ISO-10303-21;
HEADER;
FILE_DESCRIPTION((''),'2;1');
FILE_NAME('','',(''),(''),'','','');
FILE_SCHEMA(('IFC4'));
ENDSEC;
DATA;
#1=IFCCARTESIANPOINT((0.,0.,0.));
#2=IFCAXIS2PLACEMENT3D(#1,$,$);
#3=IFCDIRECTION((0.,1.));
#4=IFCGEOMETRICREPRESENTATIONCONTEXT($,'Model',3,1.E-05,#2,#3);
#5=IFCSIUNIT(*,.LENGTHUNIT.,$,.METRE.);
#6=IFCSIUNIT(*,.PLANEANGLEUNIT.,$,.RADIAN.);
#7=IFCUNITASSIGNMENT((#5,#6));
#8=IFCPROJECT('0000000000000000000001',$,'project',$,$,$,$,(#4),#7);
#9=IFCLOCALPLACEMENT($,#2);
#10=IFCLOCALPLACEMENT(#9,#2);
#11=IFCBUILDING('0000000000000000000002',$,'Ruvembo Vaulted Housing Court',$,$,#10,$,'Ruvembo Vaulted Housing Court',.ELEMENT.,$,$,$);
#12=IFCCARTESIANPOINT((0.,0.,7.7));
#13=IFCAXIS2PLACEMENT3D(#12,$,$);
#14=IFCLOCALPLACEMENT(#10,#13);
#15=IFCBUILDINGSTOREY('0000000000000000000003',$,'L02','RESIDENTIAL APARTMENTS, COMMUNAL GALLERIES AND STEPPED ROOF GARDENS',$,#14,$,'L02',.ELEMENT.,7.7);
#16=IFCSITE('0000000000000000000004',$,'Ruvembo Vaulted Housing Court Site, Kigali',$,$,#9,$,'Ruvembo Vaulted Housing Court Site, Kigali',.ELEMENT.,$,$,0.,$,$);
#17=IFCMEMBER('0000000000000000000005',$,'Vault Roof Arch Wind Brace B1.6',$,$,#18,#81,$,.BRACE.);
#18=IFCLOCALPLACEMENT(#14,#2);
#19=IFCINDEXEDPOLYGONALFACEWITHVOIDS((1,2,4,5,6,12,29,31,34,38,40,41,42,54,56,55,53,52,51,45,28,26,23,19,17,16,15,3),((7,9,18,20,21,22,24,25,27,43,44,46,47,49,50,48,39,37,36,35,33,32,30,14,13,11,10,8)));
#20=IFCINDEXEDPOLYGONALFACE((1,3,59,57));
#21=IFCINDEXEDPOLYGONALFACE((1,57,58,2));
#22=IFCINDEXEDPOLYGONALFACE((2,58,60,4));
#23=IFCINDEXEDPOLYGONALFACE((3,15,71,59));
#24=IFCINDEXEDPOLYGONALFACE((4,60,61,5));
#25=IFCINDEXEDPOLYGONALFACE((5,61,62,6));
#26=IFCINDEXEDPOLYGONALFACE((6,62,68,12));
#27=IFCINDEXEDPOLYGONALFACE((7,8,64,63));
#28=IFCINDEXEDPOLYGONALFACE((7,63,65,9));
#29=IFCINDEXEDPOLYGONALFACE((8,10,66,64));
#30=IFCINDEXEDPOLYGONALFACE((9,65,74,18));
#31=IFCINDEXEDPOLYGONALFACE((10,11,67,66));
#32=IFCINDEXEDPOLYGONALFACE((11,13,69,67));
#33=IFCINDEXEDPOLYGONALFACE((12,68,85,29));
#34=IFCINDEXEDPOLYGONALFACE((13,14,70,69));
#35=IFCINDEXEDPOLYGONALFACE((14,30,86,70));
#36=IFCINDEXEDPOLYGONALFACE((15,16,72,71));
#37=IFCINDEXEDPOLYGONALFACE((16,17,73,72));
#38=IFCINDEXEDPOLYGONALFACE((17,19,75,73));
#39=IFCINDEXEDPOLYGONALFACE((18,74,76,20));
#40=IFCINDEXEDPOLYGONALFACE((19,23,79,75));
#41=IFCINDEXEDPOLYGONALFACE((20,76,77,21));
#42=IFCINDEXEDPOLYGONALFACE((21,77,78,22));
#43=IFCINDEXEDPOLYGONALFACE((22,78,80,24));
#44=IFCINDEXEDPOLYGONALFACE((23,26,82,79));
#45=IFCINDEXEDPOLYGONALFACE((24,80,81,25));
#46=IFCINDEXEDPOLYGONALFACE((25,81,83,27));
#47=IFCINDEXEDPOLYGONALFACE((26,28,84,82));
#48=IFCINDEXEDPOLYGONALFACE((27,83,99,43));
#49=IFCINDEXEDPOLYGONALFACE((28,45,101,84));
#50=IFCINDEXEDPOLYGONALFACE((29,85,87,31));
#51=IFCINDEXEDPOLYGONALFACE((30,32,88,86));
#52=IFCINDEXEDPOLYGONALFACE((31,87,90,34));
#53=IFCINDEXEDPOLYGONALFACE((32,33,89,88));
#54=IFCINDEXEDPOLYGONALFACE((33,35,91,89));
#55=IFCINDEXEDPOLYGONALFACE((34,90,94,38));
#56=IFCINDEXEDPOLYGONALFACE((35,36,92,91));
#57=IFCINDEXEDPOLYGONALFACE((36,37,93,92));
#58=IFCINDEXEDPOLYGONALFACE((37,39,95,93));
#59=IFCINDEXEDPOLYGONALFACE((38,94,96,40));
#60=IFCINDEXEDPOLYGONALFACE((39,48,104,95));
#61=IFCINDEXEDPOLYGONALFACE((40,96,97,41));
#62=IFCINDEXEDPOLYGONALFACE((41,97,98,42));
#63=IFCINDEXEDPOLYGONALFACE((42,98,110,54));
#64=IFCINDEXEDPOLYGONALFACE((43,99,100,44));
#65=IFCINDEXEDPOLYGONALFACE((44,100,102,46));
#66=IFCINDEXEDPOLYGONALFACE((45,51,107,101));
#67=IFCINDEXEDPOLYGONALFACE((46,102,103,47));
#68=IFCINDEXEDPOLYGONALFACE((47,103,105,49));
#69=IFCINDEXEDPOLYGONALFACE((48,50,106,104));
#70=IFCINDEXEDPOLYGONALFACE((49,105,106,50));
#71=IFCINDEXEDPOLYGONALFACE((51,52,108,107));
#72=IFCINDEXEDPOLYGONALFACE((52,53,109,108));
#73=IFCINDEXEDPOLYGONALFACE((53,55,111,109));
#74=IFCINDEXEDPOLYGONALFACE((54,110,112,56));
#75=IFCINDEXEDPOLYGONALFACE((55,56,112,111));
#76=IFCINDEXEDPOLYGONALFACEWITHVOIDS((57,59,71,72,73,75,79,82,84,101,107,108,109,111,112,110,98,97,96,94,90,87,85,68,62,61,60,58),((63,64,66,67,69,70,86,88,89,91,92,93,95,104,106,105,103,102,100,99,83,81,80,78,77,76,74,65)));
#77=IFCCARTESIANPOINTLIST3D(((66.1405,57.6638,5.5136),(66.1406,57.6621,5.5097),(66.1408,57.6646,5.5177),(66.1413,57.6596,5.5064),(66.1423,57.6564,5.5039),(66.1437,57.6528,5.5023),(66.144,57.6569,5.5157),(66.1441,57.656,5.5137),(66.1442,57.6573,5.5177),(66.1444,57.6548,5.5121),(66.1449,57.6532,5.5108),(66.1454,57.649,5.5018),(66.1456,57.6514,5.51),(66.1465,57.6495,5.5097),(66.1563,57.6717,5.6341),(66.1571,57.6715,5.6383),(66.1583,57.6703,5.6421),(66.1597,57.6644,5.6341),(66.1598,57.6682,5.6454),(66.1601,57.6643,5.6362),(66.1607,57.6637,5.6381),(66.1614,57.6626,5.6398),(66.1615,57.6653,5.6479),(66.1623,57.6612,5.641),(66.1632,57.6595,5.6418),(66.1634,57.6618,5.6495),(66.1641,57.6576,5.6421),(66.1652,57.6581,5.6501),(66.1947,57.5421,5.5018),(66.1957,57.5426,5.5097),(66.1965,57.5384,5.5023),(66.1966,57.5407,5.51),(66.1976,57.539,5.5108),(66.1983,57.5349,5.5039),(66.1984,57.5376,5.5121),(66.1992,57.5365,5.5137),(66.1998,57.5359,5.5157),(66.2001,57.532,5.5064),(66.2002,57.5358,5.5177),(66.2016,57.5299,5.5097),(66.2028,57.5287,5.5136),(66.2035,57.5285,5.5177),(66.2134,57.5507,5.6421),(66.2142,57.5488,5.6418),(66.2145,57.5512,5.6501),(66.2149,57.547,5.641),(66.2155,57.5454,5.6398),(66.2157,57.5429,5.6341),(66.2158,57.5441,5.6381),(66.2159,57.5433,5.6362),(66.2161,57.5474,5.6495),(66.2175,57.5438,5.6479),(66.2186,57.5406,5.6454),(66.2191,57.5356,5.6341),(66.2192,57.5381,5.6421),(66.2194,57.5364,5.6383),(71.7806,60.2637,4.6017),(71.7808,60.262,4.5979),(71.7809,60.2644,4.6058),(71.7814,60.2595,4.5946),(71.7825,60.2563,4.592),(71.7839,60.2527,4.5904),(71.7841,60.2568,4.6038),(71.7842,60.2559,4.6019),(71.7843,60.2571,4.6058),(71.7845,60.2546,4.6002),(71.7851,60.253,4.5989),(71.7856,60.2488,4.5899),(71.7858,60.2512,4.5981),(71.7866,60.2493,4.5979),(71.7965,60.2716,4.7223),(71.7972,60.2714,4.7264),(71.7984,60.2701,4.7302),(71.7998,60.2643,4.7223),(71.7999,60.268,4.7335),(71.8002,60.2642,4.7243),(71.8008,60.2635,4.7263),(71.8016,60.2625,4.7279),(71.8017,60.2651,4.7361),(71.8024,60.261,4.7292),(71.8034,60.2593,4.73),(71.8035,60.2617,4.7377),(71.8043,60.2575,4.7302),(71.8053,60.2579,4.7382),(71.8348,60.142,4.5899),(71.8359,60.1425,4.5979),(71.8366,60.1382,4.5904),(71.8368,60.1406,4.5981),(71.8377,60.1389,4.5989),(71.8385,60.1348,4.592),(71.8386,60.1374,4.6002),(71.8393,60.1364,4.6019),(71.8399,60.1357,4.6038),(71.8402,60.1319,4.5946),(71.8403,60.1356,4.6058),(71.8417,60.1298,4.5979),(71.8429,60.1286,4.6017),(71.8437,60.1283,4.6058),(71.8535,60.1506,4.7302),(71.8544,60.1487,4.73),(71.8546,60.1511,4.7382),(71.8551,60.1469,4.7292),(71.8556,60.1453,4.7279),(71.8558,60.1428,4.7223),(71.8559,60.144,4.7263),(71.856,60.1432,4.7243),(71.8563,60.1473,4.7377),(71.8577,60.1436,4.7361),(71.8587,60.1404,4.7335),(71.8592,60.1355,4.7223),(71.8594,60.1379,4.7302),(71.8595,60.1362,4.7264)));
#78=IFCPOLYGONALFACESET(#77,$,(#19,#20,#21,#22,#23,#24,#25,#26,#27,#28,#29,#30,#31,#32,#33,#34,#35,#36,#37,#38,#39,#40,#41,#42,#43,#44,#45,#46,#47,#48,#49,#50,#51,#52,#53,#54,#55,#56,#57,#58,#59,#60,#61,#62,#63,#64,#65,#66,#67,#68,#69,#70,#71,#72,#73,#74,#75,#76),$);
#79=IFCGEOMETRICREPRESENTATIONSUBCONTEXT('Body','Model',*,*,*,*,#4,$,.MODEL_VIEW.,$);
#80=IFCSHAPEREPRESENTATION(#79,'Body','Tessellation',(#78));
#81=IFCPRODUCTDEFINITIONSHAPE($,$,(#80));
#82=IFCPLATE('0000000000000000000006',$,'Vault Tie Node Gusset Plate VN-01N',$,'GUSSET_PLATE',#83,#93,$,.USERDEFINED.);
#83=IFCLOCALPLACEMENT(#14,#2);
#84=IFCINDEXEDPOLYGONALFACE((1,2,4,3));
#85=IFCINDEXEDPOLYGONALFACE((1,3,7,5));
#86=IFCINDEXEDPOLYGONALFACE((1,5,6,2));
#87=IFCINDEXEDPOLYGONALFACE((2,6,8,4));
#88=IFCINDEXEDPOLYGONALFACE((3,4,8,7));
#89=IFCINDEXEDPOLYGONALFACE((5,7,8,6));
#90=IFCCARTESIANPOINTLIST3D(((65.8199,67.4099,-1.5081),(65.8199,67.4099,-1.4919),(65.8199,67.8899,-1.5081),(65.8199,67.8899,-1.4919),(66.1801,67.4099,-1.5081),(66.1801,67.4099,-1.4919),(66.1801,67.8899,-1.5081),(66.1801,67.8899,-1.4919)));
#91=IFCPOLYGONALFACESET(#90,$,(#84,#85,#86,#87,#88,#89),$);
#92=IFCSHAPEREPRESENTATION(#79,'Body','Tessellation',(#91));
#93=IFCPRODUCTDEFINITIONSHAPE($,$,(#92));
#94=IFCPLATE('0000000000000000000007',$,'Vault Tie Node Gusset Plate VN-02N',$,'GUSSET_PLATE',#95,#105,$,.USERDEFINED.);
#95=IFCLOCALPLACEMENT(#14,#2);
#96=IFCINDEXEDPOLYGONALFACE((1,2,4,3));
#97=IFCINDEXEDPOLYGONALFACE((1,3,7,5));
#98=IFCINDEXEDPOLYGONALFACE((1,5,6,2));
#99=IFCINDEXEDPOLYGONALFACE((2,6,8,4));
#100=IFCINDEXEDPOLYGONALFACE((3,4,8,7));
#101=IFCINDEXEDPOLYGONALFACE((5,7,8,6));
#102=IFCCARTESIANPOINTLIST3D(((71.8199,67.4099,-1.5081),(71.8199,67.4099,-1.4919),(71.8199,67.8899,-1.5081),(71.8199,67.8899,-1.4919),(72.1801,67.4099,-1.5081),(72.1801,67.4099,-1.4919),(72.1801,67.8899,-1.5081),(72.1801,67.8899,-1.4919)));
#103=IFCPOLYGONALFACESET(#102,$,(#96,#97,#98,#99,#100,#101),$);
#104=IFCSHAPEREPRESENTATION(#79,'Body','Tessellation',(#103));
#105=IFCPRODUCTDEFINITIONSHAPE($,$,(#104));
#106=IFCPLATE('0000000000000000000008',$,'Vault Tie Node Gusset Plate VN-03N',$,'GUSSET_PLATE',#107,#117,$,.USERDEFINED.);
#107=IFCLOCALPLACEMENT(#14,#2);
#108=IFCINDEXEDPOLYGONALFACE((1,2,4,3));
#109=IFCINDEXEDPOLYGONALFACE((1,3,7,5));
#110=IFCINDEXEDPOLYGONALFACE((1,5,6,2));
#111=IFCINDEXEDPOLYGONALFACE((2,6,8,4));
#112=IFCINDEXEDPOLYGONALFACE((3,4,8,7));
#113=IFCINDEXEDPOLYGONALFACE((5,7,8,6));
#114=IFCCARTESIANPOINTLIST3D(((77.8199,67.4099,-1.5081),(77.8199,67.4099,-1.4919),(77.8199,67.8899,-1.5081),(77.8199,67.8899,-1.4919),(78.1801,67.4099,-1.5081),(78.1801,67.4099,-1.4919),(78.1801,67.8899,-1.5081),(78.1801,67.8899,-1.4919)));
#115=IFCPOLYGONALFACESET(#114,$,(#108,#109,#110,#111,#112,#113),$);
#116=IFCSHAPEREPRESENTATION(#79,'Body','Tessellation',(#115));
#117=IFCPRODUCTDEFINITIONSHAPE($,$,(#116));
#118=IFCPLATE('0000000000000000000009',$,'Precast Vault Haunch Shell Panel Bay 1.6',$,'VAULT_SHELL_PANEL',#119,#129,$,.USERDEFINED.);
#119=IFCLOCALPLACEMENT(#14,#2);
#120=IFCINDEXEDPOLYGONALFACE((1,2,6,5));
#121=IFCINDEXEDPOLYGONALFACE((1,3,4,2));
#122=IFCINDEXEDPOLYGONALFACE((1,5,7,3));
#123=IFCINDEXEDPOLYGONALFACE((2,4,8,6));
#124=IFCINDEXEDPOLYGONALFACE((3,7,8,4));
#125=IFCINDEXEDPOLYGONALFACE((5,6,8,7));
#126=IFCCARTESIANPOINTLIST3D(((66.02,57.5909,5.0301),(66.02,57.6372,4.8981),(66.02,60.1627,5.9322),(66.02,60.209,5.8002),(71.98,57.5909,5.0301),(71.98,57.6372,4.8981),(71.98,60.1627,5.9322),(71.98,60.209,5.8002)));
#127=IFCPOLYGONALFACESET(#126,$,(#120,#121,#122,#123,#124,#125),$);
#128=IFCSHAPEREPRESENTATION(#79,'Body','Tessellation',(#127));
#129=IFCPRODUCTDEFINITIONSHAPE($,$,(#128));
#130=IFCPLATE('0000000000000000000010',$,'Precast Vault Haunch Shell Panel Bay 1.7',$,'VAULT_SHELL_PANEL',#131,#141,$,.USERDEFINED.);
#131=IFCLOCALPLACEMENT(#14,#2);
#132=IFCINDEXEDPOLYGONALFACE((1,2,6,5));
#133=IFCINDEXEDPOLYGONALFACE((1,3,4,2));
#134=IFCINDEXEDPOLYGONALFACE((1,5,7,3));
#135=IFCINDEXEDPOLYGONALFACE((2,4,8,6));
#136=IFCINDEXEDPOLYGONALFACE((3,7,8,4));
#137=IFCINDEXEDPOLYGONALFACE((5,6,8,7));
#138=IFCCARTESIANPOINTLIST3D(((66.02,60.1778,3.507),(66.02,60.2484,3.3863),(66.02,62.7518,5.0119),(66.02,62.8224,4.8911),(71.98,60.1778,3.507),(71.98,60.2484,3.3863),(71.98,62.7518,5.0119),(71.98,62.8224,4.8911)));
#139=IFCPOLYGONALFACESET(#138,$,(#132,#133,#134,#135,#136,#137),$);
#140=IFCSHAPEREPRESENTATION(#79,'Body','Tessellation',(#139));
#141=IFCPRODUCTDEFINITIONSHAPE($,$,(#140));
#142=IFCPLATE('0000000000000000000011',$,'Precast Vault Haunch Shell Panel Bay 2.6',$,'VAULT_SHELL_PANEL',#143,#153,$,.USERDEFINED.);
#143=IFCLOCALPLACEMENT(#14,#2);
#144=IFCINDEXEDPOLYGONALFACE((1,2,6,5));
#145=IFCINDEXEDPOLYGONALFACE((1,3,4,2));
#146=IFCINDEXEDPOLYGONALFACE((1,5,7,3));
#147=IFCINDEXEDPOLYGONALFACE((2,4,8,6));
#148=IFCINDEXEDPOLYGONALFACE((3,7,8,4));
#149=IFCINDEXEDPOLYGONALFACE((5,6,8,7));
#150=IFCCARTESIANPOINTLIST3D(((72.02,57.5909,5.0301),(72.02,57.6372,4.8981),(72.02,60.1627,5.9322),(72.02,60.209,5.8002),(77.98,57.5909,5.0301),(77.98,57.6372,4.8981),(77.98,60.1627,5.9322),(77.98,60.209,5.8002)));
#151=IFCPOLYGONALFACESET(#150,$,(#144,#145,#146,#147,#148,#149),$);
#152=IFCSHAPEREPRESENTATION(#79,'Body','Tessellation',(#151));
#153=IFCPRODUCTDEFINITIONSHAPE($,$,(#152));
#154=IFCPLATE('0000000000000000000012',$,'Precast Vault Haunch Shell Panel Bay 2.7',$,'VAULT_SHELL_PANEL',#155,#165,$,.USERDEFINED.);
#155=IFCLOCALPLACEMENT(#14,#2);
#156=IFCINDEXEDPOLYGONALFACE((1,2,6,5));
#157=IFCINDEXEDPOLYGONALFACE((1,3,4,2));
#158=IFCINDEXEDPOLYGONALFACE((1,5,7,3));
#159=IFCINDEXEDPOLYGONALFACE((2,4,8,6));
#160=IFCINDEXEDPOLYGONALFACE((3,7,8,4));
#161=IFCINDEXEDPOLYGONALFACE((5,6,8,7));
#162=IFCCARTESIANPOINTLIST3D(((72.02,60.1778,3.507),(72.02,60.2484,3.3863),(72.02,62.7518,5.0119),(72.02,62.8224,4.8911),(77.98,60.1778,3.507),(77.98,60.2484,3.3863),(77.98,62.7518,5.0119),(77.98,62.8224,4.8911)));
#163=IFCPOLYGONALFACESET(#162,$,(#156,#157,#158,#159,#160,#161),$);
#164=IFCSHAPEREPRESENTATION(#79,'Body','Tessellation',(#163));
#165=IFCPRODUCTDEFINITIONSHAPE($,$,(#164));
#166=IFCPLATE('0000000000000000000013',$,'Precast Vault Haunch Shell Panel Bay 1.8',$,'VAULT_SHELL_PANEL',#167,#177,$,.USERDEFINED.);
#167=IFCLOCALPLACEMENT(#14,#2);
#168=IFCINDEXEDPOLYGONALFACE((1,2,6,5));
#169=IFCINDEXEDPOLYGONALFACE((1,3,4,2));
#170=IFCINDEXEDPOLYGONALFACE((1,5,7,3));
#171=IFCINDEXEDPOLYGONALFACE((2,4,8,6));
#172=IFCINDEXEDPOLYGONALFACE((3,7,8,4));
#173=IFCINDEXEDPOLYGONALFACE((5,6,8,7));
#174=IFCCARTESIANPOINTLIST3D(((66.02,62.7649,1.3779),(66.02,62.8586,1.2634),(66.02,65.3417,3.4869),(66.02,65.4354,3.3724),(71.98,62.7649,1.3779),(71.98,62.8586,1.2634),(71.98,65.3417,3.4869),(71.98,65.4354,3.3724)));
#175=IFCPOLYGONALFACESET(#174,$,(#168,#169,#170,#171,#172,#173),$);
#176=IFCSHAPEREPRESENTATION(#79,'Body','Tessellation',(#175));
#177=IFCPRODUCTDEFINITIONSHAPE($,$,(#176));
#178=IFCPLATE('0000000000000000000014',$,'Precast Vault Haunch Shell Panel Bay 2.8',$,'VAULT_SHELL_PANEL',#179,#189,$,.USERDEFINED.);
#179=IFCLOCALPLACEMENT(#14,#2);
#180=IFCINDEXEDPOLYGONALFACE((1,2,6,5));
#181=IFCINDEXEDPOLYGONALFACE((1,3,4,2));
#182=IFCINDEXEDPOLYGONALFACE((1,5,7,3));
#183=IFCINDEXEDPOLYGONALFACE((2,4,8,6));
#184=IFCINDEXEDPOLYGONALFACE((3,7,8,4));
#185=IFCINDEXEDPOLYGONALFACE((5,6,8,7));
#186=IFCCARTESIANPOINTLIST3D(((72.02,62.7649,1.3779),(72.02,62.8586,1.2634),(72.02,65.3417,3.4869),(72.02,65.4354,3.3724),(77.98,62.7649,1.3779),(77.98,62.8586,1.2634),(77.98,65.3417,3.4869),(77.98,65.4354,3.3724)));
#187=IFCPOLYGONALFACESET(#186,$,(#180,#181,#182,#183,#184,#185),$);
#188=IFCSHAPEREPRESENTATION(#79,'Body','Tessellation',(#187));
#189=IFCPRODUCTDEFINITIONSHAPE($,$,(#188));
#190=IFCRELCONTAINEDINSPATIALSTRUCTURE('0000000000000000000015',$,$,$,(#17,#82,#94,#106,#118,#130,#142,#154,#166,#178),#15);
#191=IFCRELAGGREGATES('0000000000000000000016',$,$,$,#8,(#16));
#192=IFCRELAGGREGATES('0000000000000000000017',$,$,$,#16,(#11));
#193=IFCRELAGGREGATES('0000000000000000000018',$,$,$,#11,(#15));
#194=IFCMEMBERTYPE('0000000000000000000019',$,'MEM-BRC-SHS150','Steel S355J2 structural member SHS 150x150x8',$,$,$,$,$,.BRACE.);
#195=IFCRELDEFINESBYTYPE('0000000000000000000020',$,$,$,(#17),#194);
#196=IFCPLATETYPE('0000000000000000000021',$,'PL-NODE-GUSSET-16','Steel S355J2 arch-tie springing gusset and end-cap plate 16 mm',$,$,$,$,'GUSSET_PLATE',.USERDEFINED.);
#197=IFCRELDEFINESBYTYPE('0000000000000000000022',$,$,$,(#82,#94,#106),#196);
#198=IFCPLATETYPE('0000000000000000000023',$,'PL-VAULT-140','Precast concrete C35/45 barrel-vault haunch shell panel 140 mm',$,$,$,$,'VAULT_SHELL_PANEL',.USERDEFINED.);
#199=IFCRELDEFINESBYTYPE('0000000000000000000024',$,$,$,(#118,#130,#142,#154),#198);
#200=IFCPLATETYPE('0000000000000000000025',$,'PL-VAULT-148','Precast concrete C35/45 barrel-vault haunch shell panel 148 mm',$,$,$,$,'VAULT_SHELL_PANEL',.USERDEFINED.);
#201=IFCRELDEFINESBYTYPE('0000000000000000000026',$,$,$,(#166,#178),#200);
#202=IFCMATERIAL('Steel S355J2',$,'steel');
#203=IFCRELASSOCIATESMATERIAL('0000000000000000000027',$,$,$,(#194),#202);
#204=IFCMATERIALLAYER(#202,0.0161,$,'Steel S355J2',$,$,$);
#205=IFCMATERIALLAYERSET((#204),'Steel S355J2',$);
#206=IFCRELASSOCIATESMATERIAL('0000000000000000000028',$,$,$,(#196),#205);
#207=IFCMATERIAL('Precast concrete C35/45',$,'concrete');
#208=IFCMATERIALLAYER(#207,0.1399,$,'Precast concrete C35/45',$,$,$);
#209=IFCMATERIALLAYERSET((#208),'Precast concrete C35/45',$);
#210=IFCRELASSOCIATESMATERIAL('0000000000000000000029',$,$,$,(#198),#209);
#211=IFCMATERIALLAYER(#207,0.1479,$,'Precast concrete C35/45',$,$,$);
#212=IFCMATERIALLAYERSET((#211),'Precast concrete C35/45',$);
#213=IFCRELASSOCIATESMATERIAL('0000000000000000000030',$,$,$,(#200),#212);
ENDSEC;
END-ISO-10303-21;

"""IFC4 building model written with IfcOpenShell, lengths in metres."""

from ifc_helpers import new_model, si_unit, direction, frame, origin, origin_2d, place, context, subcontext, project, spatial, rectangle, hollow_rectangle, extrude, material, layer, layer_set, material_profile, profile_set, type_object, element, save


model = new_model("IFC4")

# Units and contexts
model_context = context("Model", 3, precision=1e-05, world=origin(), true_north=direction((0.0, 1.0)))
body_context = subcontext(model_context, "Body", "Model", "MODEL_VIEW")
ifc_project = project(units=[si_unit("LENGTHUNIT", "METRE"), si_unit("PLANEANGLEUNIT", "RADIAN")], contexts=[model_context])

# Site, building, storey
site_placement = place(None, origin())
site = spatial("IfcSite", under=ifc_project, at=site_placement, Name="Ruvembo Vaulted Housing Court Site, Kigali", LongName="Ruvembo Vaulted Housing Court Site, Kigali", CompositionType="ELEMENT", RefElevation=0.0)
building_placement = place(site_placement, origin())
building = spatial("IfcBuilding", under=site, at=building_placement, Name="Ruvembo Vaulted Housing Court", LongName="Ruvembo Vaulted Housing Court", CompositionType="ELEMENT")
storey_placement = place(building_placement, frame((0.0, 0.0, 7.7)))
storey = spatial("IfcBuildingStorey", under=building, at=storey_placement, Name="L02", Description="RESIDENTIAL APARTMENTS, COMMUNAL GALLERIES AND STEPPED ROOF GARDENS", LongName="L02", CompositionType="ELEMENT", Elevation=7.7)

# Shared definitions
ifc_material_1 = material(Name="Steel S355J2", Category="steel")

# Member
ifc_material_profile_1 = material_profile(ifc_material_1, hollow_rectangle(XDim=0.1499, YDim=0.1499, WallThickness=0.0081, InnerFilletRadius=0.0081, OuterFilletRadius=0.0161, at=origin_2d()), Name="SHS 150x150x8")
ifc_profile_set_1 = profile_set([ifc_material_profile_1], Name="Steel S355J2")
member_type = type_object("IfcMemberType", Name="MEM-BRC-SHS150", Description="Steel S355J2 structural member SHS 150x150x8", PredefinedType="BRACE", material=ifc_profile_set_1)
member_placement = place(storey_placement, frame((66.1799, 57.6001, 5.5759), z_axis=(0.898527, 0.414181, -0.145269), x_axis=(-0.418622, 0.908161, 0.0)))
element("IfcMember", 1, at=member_placement, inside=storey, type_object=member_type, Name="Vault Roof Arch Wind Brace B1.6", PredefinedType="BRACE", context=body_context, shape_type="SweptSolid", body=[
    extrude(hollow_rectangle(XDim=0.1499, YDim=0.1499, WallThickness=0.0081, InnerFilletRadius=0.0081, OuterFilletRadius=0.0161, at=origin_2d()), origin(), (0.0, 0.0, 1.0), 6.2771),
])

# Plates
ifc_layer_1 = layer(ifc_material_1, 0.0161, Name="Steel S355J2")
ifc_layer_set_1 = layer_set([ifc_layer_1], Name="Steel S355J2")
plate_type_1 = type_object("IfcPlateType", Name="PL-NODE-GUSSET-16", Description="Steel S355J2 arch-tie springing gusset and end-cap plate 16 mm", ElementType="GUSSET_PLATE", PredefinedType="USERDEFINED", material=ifc_layer_set_1)
for number, where, z_axis, x_axis, name in (
    (2, (66.0, 67.6499, -1.5081), (0.0, 0.0, 1.0), (0.0, 1.0, 0.0), "Vault Tie Node Gusset Plate VN-01N"),
    (3, (72.0, 67.6499, -1.5081), (0.0, 0.0, 1.0), (0.0, 1.0, 0.0), "Vault Tie Node Gusset Plate VN-02N"),
    (4, (78.0, 67.6499, -1.5081), (0.0, 0.0, 1.0), (0.0, 1.0, 0.0), "Vault Tie Node Gusset Plate VN-03N"),
):
    element("IfcPlate", number, at=place(storey_placement, frame(where, z_axis=z_axis, x_axis=x_axis)), inside=storey, type_object=plate_type_1, Name=name, ObjectType="GUSSET_PLATE", PredefinedType="USERDEFINED", context=body_context, shape_type="SweptSolid", body=[
        extrude(rectangle(XDim=0.48, YDim=0.3601, at=origin_2d()), origin(), (0.0, 0.0, 1.0), 0.0161),
    ])
ifc_material_2 = material(Name="Precast concrete C35/45", Category="concrete")
ifc_layer_2 = layer(ifc_material_2, 0.1399, Name="Precast concrete C35/45")
ifc_layer_set_2 = layer_set([ifc_layer_2], Name="Precast concrete C35/45")
plate_type_2 = type_object("IfcPlateType", Name="PL-VAULT-140", Description="Precast concrete C35/45 barrel-vault haunch shell panel 140 mm", ElementType="VAULT_SHELL_PANEL", PredefinedType="USERDEFINED", material=ifc_layer_set_2)
plate_1_placement = place(storey_placement, frame((69.0, 58.9231, 5.3491), z_axis=(0.0, -0.330992, 0.943634), x_axis=(1.0, 0.0, 0.0)))
element("IfcPlate", 5, at=plate_1_placement, inside=storey, type_object=plate_type_2, Name="Precast Vault Haunch Shell Panel Bay 1.6", ObjectType="VAULT_SHELL_PANEL", PredefinedType="USERDEFINED", context=body_context, shape_type="SweptSolid", body=[
    extrude(rectangle(XDim=5.96, YDim=2.7253, at=origin_2d()), origin(), (0.0, 0.0, 1.0), 0.1399),
])
plate_2_placement = place(storey_placement, frame((69.0, 61.5354, 4.1387), z_axis=(0.0, -0.504693, 0.863299), x_axis=(1.0, 0.0, 0.0)))
element("IfcPlate", 6, at=plate_2_placement, inside=storey, type_object=plate_type_2, Name="Precast Vault Haunch Shell Panel Bay 1.7", ObjectType="VAULT_SHELL_PANEL", PredefinedType="USERDEFINED", context=body_context, shape_type="SweptSolid", body=[
    extrude(rectangle(XDim=5.96, YDim=2.9817, at=origin_2d()), origin(), (0.0, 0.0, 1.0), 0.1399),
])
plate_3_placement = place(storey_placement, frame((75.0, 58.9231, 5.3491), z_axis=(0.0, -0.330992, 0.943634), x_axis=(1.0, 0.0, 0.0)))
element("IfcPlate", 7, at=plate_3_placement, inside=storey, type_object=plate_type_2, Name="Precast Vault Haunch Shell Panel Bay 2.6", ObjectType="VAULT_SHELL_PANEL", PredefinedType="USERDEFINED", context=body_context, shape_type="SweptSolid", body=[
    extrude(rectangle(XDim=5.96, YDim=2.7253, at=origin_2d()), origin(), (0.0, 0.0, 1.0), 0.1399),
])
plate_4_placement = place(storey_placement, frame((75.0, 61.5354, 4.1387), z_axis=(0.0, -0.504693, 0.863299), x_axis=(1.0, 0.0, 0.0)))
element("IfcPlate", 8, at=plate_4_placement, inside=storey, type_object=plate_type_2, Name="Precast Vault Haunch Shell Panel Bay 2.7", ObjectType="VAULT_SHELL_PANEL", PredefinedType="USERDEFINED", context=body_context, shape_type="SweptSolid", body=[
    extrude(rectangle(XDim=5.96, YDim=2.9817, at=origin_2d()), origin(), (0.0, 0.0, 1.0), 0.1399),
])
ifc_layer_3 = layer(ifc_material_2, 0.1479, Name="Precast concrete C35/45")
ifc_layer_set_3 = layer_set([ifc_layer_3], Name="Precast concrete C35/45")
plate_type_3 = type_object("IfcPlateType", Name="PL-VAULT-148", Description="Precast concrete C35/45 barrel-vault haunch shell panel 148 mm", ElementType="VAULT_SHELL_PANEL", PredefinedType="USERDEFINED", material=ifc_layer_set_3)
for number, where, z_axis, x_axis, name in (
    (9, (69.0, 64.147, 2.3179), (0.0, -0.633367, 0.773851), (1.0, 0.0, 0.0), "Precast Vault Haunch Shell Panel Bay 1.8"),
    (10, (75.0, 64.147, 2.3179), (0.0, -0.633367, 0.773851), (1.0, 0.0, 0.0), "Precast Vault Haunch Shell Panel Bay 2.8"),
):
    element("IfcPlate", number, at=place(storey_placement, frame(where, z_axis=z_axis, x_axis=x_axis)), inside=storey, type_object=plate_type_3, Name=name, ObjectType="VAULT_SHELL_PANEL", PredefinedType="USERDEFINED", context=body_context, shape_type="SweptSolid", body=[
        extrude(rectangle(XDim=5.96, YDim=3.3298, at=origin_2d()), origin(), (0.0, 0.0, 1.0), 0.1479),
    ])

save(model, "model.ifc")
